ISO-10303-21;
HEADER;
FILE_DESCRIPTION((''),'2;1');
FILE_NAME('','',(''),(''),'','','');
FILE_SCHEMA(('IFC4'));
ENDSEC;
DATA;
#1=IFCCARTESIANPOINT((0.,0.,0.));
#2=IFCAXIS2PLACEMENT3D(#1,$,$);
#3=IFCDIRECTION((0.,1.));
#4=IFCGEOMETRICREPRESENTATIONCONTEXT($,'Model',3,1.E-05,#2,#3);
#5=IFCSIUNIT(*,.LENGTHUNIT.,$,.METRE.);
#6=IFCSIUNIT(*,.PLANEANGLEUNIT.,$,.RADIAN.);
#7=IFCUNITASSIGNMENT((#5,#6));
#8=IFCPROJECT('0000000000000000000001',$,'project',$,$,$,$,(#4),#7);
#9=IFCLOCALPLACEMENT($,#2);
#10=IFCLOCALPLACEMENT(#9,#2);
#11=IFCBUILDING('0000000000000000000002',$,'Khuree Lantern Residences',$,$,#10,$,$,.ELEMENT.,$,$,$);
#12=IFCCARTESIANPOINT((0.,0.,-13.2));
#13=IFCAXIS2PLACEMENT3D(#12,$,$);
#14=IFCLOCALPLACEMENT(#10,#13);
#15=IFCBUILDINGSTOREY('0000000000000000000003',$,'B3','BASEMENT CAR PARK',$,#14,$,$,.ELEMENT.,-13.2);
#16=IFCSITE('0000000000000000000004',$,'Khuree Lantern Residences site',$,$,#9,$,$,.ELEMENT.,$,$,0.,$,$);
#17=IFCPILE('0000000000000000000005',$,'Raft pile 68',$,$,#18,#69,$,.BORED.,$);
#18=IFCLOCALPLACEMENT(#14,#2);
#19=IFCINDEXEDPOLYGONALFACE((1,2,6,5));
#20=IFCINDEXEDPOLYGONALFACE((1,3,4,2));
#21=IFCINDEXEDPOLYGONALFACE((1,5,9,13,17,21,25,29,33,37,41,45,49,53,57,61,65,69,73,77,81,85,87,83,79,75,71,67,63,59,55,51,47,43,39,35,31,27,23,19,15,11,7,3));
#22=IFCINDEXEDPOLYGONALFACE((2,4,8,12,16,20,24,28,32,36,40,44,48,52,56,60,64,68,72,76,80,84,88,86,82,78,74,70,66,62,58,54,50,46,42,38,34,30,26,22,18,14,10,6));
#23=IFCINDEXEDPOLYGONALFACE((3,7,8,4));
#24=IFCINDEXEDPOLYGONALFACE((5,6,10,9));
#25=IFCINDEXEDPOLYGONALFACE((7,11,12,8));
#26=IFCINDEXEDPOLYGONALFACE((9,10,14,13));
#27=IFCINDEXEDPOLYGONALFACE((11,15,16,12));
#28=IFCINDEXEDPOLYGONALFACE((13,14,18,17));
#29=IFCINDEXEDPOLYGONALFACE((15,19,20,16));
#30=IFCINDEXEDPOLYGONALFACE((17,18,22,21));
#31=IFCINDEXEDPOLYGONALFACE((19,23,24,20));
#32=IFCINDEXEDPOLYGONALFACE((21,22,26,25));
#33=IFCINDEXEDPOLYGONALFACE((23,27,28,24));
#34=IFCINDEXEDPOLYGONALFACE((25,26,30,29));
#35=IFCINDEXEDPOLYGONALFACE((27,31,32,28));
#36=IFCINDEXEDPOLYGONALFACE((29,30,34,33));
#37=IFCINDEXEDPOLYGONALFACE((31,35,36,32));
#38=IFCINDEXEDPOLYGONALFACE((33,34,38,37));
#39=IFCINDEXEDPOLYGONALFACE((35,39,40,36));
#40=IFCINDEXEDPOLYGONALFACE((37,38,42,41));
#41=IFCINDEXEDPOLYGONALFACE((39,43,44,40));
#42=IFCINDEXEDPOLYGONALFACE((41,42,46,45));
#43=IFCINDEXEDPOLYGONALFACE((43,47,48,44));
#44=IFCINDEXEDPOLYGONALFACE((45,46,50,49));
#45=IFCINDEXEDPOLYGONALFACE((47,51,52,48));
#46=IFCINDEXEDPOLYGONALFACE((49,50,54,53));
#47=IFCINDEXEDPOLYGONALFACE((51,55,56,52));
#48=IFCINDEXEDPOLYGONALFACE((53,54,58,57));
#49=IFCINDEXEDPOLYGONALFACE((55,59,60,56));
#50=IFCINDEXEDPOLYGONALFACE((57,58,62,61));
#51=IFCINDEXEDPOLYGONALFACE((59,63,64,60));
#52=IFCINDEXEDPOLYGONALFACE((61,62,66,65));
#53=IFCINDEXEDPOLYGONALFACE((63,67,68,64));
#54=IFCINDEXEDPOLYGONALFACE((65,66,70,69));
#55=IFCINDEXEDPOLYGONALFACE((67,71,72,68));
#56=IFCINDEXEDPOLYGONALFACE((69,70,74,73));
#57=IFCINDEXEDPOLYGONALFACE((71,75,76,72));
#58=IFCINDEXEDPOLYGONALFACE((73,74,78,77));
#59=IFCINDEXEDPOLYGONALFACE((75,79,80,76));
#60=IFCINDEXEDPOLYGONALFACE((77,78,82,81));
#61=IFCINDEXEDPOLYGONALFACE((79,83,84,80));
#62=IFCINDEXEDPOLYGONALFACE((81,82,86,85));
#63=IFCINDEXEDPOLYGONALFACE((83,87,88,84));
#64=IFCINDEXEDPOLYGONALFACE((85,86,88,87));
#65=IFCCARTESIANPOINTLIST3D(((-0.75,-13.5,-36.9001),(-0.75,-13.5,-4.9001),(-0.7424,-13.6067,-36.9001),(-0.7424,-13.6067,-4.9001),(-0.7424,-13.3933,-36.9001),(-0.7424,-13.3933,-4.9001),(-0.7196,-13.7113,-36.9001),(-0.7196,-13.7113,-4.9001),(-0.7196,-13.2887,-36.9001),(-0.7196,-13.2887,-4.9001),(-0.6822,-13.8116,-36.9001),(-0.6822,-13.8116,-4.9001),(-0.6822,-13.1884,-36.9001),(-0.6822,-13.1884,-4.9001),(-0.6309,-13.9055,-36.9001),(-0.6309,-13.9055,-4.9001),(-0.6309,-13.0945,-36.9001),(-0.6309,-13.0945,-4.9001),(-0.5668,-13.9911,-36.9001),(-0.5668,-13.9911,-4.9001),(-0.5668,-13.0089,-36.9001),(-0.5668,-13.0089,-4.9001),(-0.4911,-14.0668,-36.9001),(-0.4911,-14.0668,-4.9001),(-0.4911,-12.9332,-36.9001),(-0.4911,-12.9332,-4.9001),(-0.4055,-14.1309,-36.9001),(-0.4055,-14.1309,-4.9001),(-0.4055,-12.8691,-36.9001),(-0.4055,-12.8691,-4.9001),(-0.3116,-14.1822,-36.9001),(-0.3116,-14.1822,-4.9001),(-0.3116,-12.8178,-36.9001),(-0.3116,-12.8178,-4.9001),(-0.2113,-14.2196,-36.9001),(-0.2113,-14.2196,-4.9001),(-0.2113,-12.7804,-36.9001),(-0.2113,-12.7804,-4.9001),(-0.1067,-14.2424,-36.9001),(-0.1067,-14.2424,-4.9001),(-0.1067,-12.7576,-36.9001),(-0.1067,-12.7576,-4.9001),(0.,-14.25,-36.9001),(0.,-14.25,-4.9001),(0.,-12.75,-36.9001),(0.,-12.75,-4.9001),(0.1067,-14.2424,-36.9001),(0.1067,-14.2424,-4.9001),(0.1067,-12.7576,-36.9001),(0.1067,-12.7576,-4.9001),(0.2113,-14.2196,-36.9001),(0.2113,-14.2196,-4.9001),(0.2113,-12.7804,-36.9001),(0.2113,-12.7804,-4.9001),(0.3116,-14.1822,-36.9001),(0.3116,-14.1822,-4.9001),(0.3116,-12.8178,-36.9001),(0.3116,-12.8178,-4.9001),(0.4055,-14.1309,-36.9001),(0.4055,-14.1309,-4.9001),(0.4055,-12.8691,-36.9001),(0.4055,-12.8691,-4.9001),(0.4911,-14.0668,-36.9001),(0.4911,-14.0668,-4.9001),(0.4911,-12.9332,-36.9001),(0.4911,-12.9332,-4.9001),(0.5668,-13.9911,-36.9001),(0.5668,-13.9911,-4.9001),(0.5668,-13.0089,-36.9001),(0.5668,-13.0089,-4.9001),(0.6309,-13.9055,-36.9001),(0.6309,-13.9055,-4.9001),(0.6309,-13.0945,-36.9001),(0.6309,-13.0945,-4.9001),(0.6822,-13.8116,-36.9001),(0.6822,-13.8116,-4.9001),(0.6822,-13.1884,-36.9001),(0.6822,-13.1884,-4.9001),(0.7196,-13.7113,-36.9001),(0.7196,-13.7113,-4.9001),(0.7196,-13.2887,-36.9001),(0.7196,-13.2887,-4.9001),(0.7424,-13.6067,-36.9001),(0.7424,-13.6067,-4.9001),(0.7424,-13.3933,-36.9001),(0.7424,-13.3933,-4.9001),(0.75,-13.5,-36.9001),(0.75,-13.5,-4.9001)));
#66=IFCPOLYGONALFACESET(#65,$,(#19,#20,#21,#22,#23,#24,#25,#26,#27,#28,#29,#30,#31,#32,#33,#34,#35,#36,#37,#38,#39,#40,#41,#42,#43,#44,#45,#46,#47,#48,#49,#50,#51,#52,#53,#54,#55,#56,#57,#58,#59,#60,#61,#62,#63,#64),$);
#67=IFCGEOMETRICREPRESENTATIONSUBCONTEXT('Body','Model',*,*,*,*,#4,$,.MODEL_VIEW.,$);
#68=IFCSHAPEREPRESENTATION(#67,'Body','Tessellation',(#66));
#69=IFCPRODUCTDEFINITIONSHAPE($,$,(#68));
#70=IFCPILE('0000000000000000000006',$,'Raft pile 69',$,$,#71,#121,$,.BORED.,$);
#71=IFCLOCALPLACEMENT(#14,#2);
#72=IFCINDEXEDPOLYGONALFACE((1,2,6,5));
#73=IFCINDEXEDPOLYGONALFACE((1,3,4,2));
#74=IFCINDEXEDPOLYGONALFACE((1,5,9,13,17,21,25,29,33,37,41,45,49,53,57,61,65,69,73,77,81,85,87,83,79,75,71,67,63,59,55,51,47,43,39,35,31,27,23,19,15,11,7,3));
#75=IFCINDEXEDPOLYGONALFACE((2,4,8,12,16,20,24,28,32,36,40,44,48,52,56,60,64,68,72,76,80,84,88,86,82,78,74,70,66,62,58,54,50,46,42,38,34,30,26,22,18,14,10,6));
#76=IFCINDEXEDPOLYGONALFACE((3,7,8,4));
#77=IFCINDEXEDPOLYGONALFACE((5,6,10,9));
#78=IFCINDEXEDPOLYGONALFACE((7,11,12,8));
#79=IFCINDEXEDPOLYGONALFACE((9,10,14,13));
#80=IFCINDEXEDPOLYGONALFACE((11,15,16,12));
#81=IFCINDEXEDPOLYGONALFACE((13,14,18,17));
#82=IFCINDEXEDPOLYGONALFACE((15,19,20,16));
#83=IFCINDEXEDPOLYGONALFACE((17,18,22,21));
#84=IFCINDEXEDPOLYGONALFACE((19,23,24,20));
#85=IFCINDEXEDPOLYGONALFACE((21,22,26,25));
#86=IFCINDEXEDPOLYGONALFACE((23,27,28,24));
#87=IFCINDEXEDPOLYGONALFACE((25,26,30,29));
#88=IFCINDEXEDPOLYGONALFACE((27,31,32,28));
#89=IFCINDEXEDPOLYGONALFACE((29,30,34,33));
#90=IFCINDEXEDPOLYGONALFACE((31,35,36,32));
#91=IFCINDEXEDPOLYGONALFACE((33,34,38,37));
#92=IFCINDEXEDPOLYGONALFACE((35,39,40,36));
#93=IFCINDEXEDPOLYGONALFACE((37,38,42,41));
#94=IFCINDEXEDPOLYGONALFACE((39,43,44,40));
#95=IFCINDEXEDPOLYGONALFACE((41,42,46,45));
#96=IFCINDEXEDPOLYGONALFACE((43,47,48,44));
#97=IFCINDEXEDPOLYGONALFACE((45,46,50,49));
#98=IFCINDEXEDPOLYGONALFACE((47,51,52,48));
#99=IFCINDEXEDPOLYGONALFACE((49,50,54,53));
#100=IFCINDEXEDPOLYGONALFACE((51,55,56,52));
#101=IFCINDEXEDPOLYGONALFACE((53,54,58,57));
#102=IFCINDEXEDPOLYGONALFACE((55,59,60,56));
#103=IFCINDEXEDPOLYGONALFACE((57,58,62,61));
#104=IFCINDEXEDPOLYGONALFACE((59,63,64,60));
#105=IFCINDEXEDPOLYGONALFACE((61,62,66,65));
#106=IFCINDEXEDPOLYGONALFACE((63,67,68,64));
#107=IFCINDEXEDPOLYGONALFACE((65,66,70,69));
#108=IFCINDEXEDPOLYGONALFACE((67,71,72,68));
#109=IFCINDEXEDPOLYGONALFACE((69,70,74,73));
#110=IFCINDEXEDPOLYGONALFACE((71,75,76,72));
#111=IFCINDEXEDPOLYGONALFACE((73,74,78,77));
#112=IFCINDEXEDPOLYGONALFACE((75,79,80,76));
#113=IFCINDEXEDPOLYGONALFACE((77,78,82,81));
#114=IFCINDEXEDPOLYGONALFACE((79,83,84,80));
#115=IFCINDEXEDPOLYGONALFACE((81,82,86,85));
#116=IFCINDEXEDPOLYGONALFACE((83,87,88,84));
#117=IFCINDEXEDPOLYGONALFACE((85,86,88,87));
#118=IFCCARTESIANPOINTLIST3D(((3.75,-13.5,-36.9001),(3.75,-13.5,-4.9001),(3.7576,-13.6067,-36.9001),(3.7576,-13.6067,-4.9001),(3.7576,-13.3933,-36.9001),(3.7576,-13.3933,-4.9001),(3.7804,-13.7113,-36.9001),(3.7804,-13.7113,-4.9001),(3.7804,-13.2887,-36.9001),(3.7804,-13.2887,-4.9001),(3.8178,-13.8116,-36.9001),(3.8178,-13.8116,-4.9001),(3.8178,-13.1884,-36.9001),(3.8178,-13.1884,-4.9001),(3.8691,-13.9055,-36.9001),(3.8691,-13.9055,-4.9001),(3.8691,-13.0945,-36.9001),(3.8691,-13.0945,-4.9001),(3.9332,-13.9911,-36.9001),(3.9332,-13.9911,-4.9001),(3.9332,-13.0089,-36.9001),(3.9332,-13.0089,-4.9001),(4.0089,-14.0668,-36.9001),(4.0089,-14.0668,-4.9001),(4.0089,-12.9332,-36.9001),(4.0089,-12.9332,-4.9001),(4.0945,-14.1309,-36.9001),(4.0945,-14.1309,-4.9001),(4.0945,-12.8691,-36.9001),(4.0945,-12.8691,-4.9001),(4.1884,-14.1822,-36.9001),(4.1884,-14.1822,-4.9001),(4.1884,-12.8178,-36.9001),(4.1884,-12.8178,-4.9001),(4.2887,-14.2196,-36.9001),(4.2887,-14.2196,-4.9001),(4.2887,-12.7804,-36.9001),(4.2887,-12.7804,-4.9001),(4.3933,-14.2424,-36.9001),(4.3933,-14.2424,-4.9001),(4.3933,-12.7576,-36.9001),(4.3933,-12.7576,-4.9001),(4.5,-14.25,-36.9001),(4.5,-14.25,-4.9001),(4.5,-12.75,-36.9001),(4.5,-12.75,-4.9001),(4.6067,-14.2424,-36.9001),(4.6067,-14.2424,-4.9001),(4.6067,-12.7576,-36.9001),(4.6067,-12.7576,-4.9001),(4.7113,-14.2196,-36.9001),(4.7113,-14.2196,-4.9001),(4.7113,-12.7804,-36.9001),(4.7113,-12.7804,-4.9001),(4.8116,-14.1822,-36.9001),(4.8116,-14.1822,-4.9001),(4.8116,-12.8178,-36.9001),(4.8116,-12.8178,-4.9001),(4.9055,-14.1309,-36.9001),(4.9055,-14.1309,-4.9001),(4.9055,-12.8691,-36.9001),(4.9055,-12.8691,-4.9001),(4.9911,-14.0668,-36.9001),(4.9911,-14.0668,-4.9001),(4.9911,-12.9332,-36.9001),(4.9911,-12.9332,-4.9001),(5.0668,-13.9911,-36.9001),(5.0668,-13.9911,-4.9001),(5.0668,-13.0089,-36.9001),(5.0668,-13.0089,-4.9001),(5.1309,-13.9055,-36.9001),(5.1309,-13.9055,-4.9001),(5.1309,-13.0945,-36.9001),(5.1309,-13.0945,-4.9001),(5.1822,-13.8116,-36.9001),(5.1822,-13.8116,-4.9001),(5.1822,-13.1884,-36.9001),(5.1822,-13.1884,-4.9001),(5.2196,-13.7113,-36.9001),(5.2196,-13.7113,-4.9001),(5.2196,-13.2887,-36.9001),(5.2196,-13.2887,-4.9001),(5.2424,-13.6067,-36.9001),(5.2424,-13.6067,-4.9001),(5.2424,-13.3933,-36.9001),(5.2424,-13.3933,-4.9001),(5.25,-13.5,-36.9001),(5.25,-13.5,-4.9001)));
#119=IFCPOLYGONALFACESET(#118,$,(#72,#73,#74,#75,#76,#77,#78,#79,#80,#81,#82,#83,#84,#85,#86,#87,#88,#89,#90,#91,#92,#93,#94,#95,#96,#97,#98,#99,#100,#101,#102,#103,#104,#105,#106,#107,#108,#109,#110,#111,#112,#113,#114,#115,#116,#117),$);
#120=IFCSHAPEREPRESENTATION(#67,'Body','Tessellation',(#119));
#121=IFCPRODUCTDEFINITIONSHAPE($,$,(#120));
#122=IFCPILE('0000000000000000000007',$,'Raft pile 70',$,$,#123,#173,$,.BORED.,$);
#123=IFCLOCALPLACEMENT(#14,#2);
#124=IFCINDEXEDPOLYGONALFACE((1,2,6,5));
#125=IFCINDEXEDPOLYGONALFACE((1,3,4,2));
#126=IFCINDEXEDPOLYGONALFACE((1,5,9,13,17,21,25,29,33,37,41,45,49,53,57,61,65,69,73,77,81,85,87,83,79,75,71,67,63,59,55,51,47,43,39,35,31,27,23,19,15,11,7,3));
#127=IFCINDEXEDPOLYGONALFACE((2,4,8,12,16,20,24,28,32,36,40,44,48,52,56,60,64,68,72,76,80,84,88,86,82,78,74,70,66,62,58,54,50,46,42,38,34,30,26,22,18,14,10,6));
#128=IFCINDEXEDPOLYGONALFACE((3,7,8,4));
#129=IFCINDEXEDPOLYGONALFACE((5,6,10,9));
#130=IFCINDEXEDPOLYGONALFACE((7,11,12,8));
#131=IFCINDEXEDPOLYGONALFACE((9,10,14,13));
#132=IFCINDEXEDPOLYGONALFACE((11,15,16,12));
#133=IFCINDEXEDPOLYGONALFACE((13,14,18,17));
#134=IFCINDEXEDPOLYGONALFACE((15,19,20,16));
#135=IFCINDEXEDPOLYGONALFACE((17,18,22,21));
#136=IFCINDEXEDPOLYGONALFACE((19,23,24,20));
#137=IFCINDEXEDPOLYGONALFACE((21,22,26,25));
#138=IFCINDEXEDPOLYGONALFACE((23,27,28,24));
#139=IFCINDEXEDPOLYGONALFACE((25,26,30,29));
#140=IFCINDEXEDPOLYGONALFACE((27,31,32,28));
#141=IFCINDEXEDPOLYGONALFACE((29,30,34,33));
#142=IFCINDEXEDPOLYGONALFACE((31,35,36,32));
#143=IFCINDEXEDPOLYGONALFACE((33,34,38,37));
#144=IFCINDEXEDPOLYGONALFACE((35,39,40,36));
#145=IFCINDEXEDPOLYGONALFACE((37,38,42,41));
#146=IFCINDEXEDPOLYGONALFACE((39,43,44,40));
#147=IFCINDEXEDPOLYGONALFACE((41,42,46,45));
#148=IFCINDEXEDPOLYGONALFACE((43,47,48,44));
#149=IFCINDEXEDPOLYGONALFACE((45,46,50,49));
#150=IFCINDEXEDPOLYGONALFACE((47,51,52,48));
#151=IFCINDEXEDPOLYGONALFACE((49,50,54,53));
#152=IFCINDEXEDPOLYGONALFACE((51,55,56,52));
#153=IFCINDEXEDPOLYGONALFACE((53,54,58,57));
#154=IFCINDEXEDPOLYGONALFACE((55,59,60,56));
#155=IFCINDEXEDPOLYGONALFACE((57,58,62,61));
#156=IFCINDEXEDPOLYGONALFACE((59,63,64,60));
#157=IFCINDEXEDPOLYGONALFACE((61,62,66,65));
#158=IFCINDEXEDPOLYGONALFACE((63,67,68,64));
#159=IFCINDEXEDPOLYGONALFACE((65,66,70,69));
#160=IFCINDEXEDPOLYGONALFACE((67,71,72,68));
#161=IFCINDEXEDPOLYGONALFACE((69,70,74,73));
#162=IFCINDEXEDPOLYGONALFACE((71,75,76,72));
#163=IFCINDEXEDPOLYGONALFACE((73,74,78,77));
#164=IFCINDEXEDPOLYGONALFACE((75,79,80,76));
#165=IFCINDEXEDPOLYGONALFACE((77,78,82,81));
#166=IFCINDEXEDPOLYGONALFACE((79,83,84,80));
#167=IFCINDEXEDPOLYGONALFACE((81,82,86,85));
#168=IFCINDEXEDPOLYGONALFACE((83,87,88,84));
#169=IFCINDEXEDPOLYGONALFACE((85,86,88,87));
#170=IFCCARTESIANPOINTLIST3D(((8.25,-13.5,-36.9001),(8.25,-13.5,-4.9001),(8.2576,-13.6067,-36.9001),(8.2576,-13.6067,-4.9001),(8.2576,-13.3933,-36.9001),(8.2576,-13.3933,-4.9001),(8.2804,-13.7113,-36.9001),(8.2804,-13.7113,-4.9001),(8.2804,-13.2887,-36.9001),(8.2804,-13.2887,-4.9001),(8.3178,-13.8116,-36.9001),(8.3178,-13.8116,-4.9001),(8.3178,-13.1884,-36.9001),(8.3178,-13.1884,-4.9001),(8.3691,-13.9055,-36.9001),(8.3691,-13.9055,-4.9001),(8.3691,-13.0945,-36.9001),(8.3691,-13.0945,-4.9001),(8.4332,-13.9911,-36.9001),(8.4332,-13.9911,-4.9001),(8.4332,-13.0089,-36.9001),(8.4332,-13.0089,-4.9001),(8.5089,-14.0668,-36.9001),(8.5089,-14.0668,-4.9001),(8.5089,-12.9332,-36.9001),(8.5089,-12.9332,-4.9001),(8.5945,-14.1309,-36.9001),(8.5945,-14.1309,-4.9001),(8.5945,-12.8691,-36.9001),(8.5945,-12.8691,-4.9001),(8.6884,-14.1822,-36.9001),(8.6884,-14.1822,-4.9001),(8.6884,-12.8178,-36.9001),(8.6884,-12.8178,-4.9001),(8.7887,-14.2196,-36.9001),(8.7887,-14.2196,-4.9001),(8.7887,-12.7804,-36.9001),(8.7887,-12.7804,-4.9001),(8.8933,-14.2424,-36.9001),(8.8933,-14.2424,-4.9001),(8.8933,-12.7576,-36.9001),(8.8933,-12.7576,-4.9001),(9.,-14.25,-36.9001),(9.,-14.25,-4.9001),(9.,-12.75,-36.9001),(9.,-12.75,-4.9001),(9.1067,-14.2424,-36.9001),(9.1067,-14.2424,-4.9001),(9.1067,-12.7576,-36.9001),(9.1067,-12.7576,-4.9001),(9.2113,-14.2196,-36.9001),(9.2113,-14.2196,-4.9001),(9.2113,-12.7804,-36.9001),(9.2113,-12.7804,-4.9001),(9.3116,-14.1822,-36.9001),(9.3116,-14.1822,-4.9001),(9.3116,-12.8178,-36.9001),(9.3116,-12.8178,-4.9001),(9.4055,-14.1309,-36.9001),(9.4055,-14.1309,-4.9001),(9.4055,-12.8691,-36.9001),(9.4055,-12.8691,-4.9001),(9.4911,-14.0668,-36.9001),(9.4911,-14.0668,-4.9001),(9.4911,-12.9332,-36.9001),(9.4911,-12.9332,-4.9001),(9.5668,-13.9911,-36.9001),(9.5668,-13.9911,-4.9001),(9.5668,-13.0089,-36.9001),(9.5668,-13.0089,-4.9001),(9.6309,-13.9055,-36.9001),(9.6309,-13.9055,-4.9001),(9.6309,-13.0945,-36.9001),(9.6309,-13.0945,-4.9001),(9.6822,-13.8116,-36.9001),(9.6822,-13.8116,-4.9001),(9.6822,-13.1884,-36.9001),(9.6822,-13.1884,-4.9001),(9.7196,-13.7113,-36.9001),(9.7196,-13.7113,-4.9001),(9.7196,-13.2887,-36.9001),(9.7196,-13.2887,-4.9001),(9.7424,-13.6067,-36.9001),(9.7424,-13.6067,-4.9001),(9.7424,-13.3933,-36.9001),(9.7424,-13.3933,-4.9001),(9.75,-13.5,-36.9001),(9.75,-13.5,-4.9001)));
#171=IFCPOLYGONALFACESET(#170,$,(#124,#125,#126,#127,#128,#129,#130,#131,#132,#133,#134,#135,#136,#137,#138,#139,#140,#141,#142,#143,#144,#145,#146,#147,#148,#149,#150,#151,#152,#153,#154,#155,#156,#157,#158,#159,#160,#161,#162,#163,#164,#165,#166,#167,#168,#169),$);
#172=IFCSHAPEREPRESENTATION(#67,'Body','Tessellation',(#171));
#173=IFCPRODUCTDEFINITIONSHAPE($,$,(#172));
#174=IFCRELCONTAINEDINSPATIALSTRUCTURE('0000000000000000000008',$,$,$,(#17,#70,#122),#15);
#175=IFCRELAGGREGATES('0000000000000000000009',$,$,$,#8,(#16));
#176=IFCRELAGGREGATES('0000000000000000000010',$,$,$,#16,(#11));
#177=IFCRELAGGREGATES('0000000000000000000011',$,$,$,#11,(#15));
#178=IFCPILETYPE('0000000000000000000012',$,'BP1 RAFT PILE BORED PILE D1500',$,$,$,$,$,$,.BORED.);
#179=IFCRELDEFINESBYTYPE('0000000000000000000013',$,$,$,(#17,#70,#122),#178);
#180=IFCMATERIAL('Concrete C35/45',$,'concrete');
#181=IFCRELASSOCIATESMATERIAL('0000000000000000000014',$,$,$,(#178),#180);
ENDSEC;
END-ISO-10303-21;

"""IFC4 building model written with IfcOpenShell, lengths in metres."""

from ifc_helpers import new_model, si_unit, direction, frame, origin, origin_2d, place, context, subcontext, project, spatial, circle, extrude, material, material_profile, profile_set, type_object, element, save


model = new_model("IFC4")

# Units and contexts
model_context = context("Model", 3, precision=1e-05, world=origin(), true_north=direction((0.0, 1.0)))
body_context = subcontext(model_context, "Body", "Model", "MODEL_VIEW")
ifc_project = project(units=[si_unit("LENGTHUNIT", "METRE"), si_unit("PLANEANGLEUNIT", "RADIAN")], contexts=[model_context])

# Site, building, storey
site_placement = place(None, origin())
site = spatial("IfcSite", under=ifc_project, at=site_placement, Name="Khuree Lantern Residences site", CompositionType="ELEMENT", RefElevation=0.0)
building_placement = place(site_placement, origin())
building = spatial("IfcBuilding", under=site, at=building_placement, Name="Khuree Lantern Residences", CompositionType="ELEMENT")
storey_placement = place(building_placement, frame((0.0, 0.0, -13.2)))
storey = spatial("IfcBuildingStorey", under=building, at=storey_placement, Name="B3", Description="BASEMENT CAR PARK", CompositionType="ELEMENT", Elevation=-13.2)

# Piles
ifc_material_1 = material(Name="Concrete C35/45", Category="concrete")
ifc_material_profile_1 = material_profile(ifc_material_1, circle(Radius=0.75, at=origin_2d()), Name="BORED PILE D1500")
ifc_profile_set_1 = profile_set([ifc_material_profile_1], Name="Concrete C35/45")
pile_type = type_object("IfcPileType", Name="BP1 RAFT PILE BORED PILE D1500", PredefinedType="BORED", material=ifc_profile_set_1)
for number, where, z_axis, x_axis, name in (
    (1, (0.0, -13.5, -4.9001), (0.0, 0.0, -1.0), (1.0, 0.0, 0.0), "Raft pile 68"),
    (2, (4.5, -13.5, -4.9001), (0.0, 0.0, -1.0), (1.0, 0.0, 0.0), "Raft pile 69"),
    (3, (9.0, -13.5, -4.9001), (0.0, 0.0, -1.0), (1.0, 0.0, 0.0), "Raft pile 70"),
):
    element("IfcPile", number, at=place(storey_placement, frame(where, z_axis=z_axis, x_axis=x_axis)), inside=storey, type_object=pile_type, Name=name, PredefinedType="BORED", context=body_context, shape_type="SweptSolid", body=[
        extrude(circle(Radius=0.75, at=origin_2d()), origin(), (0.0, 0.0, 1.0), 32.0),
    ])

save(model, "model.ifc")
